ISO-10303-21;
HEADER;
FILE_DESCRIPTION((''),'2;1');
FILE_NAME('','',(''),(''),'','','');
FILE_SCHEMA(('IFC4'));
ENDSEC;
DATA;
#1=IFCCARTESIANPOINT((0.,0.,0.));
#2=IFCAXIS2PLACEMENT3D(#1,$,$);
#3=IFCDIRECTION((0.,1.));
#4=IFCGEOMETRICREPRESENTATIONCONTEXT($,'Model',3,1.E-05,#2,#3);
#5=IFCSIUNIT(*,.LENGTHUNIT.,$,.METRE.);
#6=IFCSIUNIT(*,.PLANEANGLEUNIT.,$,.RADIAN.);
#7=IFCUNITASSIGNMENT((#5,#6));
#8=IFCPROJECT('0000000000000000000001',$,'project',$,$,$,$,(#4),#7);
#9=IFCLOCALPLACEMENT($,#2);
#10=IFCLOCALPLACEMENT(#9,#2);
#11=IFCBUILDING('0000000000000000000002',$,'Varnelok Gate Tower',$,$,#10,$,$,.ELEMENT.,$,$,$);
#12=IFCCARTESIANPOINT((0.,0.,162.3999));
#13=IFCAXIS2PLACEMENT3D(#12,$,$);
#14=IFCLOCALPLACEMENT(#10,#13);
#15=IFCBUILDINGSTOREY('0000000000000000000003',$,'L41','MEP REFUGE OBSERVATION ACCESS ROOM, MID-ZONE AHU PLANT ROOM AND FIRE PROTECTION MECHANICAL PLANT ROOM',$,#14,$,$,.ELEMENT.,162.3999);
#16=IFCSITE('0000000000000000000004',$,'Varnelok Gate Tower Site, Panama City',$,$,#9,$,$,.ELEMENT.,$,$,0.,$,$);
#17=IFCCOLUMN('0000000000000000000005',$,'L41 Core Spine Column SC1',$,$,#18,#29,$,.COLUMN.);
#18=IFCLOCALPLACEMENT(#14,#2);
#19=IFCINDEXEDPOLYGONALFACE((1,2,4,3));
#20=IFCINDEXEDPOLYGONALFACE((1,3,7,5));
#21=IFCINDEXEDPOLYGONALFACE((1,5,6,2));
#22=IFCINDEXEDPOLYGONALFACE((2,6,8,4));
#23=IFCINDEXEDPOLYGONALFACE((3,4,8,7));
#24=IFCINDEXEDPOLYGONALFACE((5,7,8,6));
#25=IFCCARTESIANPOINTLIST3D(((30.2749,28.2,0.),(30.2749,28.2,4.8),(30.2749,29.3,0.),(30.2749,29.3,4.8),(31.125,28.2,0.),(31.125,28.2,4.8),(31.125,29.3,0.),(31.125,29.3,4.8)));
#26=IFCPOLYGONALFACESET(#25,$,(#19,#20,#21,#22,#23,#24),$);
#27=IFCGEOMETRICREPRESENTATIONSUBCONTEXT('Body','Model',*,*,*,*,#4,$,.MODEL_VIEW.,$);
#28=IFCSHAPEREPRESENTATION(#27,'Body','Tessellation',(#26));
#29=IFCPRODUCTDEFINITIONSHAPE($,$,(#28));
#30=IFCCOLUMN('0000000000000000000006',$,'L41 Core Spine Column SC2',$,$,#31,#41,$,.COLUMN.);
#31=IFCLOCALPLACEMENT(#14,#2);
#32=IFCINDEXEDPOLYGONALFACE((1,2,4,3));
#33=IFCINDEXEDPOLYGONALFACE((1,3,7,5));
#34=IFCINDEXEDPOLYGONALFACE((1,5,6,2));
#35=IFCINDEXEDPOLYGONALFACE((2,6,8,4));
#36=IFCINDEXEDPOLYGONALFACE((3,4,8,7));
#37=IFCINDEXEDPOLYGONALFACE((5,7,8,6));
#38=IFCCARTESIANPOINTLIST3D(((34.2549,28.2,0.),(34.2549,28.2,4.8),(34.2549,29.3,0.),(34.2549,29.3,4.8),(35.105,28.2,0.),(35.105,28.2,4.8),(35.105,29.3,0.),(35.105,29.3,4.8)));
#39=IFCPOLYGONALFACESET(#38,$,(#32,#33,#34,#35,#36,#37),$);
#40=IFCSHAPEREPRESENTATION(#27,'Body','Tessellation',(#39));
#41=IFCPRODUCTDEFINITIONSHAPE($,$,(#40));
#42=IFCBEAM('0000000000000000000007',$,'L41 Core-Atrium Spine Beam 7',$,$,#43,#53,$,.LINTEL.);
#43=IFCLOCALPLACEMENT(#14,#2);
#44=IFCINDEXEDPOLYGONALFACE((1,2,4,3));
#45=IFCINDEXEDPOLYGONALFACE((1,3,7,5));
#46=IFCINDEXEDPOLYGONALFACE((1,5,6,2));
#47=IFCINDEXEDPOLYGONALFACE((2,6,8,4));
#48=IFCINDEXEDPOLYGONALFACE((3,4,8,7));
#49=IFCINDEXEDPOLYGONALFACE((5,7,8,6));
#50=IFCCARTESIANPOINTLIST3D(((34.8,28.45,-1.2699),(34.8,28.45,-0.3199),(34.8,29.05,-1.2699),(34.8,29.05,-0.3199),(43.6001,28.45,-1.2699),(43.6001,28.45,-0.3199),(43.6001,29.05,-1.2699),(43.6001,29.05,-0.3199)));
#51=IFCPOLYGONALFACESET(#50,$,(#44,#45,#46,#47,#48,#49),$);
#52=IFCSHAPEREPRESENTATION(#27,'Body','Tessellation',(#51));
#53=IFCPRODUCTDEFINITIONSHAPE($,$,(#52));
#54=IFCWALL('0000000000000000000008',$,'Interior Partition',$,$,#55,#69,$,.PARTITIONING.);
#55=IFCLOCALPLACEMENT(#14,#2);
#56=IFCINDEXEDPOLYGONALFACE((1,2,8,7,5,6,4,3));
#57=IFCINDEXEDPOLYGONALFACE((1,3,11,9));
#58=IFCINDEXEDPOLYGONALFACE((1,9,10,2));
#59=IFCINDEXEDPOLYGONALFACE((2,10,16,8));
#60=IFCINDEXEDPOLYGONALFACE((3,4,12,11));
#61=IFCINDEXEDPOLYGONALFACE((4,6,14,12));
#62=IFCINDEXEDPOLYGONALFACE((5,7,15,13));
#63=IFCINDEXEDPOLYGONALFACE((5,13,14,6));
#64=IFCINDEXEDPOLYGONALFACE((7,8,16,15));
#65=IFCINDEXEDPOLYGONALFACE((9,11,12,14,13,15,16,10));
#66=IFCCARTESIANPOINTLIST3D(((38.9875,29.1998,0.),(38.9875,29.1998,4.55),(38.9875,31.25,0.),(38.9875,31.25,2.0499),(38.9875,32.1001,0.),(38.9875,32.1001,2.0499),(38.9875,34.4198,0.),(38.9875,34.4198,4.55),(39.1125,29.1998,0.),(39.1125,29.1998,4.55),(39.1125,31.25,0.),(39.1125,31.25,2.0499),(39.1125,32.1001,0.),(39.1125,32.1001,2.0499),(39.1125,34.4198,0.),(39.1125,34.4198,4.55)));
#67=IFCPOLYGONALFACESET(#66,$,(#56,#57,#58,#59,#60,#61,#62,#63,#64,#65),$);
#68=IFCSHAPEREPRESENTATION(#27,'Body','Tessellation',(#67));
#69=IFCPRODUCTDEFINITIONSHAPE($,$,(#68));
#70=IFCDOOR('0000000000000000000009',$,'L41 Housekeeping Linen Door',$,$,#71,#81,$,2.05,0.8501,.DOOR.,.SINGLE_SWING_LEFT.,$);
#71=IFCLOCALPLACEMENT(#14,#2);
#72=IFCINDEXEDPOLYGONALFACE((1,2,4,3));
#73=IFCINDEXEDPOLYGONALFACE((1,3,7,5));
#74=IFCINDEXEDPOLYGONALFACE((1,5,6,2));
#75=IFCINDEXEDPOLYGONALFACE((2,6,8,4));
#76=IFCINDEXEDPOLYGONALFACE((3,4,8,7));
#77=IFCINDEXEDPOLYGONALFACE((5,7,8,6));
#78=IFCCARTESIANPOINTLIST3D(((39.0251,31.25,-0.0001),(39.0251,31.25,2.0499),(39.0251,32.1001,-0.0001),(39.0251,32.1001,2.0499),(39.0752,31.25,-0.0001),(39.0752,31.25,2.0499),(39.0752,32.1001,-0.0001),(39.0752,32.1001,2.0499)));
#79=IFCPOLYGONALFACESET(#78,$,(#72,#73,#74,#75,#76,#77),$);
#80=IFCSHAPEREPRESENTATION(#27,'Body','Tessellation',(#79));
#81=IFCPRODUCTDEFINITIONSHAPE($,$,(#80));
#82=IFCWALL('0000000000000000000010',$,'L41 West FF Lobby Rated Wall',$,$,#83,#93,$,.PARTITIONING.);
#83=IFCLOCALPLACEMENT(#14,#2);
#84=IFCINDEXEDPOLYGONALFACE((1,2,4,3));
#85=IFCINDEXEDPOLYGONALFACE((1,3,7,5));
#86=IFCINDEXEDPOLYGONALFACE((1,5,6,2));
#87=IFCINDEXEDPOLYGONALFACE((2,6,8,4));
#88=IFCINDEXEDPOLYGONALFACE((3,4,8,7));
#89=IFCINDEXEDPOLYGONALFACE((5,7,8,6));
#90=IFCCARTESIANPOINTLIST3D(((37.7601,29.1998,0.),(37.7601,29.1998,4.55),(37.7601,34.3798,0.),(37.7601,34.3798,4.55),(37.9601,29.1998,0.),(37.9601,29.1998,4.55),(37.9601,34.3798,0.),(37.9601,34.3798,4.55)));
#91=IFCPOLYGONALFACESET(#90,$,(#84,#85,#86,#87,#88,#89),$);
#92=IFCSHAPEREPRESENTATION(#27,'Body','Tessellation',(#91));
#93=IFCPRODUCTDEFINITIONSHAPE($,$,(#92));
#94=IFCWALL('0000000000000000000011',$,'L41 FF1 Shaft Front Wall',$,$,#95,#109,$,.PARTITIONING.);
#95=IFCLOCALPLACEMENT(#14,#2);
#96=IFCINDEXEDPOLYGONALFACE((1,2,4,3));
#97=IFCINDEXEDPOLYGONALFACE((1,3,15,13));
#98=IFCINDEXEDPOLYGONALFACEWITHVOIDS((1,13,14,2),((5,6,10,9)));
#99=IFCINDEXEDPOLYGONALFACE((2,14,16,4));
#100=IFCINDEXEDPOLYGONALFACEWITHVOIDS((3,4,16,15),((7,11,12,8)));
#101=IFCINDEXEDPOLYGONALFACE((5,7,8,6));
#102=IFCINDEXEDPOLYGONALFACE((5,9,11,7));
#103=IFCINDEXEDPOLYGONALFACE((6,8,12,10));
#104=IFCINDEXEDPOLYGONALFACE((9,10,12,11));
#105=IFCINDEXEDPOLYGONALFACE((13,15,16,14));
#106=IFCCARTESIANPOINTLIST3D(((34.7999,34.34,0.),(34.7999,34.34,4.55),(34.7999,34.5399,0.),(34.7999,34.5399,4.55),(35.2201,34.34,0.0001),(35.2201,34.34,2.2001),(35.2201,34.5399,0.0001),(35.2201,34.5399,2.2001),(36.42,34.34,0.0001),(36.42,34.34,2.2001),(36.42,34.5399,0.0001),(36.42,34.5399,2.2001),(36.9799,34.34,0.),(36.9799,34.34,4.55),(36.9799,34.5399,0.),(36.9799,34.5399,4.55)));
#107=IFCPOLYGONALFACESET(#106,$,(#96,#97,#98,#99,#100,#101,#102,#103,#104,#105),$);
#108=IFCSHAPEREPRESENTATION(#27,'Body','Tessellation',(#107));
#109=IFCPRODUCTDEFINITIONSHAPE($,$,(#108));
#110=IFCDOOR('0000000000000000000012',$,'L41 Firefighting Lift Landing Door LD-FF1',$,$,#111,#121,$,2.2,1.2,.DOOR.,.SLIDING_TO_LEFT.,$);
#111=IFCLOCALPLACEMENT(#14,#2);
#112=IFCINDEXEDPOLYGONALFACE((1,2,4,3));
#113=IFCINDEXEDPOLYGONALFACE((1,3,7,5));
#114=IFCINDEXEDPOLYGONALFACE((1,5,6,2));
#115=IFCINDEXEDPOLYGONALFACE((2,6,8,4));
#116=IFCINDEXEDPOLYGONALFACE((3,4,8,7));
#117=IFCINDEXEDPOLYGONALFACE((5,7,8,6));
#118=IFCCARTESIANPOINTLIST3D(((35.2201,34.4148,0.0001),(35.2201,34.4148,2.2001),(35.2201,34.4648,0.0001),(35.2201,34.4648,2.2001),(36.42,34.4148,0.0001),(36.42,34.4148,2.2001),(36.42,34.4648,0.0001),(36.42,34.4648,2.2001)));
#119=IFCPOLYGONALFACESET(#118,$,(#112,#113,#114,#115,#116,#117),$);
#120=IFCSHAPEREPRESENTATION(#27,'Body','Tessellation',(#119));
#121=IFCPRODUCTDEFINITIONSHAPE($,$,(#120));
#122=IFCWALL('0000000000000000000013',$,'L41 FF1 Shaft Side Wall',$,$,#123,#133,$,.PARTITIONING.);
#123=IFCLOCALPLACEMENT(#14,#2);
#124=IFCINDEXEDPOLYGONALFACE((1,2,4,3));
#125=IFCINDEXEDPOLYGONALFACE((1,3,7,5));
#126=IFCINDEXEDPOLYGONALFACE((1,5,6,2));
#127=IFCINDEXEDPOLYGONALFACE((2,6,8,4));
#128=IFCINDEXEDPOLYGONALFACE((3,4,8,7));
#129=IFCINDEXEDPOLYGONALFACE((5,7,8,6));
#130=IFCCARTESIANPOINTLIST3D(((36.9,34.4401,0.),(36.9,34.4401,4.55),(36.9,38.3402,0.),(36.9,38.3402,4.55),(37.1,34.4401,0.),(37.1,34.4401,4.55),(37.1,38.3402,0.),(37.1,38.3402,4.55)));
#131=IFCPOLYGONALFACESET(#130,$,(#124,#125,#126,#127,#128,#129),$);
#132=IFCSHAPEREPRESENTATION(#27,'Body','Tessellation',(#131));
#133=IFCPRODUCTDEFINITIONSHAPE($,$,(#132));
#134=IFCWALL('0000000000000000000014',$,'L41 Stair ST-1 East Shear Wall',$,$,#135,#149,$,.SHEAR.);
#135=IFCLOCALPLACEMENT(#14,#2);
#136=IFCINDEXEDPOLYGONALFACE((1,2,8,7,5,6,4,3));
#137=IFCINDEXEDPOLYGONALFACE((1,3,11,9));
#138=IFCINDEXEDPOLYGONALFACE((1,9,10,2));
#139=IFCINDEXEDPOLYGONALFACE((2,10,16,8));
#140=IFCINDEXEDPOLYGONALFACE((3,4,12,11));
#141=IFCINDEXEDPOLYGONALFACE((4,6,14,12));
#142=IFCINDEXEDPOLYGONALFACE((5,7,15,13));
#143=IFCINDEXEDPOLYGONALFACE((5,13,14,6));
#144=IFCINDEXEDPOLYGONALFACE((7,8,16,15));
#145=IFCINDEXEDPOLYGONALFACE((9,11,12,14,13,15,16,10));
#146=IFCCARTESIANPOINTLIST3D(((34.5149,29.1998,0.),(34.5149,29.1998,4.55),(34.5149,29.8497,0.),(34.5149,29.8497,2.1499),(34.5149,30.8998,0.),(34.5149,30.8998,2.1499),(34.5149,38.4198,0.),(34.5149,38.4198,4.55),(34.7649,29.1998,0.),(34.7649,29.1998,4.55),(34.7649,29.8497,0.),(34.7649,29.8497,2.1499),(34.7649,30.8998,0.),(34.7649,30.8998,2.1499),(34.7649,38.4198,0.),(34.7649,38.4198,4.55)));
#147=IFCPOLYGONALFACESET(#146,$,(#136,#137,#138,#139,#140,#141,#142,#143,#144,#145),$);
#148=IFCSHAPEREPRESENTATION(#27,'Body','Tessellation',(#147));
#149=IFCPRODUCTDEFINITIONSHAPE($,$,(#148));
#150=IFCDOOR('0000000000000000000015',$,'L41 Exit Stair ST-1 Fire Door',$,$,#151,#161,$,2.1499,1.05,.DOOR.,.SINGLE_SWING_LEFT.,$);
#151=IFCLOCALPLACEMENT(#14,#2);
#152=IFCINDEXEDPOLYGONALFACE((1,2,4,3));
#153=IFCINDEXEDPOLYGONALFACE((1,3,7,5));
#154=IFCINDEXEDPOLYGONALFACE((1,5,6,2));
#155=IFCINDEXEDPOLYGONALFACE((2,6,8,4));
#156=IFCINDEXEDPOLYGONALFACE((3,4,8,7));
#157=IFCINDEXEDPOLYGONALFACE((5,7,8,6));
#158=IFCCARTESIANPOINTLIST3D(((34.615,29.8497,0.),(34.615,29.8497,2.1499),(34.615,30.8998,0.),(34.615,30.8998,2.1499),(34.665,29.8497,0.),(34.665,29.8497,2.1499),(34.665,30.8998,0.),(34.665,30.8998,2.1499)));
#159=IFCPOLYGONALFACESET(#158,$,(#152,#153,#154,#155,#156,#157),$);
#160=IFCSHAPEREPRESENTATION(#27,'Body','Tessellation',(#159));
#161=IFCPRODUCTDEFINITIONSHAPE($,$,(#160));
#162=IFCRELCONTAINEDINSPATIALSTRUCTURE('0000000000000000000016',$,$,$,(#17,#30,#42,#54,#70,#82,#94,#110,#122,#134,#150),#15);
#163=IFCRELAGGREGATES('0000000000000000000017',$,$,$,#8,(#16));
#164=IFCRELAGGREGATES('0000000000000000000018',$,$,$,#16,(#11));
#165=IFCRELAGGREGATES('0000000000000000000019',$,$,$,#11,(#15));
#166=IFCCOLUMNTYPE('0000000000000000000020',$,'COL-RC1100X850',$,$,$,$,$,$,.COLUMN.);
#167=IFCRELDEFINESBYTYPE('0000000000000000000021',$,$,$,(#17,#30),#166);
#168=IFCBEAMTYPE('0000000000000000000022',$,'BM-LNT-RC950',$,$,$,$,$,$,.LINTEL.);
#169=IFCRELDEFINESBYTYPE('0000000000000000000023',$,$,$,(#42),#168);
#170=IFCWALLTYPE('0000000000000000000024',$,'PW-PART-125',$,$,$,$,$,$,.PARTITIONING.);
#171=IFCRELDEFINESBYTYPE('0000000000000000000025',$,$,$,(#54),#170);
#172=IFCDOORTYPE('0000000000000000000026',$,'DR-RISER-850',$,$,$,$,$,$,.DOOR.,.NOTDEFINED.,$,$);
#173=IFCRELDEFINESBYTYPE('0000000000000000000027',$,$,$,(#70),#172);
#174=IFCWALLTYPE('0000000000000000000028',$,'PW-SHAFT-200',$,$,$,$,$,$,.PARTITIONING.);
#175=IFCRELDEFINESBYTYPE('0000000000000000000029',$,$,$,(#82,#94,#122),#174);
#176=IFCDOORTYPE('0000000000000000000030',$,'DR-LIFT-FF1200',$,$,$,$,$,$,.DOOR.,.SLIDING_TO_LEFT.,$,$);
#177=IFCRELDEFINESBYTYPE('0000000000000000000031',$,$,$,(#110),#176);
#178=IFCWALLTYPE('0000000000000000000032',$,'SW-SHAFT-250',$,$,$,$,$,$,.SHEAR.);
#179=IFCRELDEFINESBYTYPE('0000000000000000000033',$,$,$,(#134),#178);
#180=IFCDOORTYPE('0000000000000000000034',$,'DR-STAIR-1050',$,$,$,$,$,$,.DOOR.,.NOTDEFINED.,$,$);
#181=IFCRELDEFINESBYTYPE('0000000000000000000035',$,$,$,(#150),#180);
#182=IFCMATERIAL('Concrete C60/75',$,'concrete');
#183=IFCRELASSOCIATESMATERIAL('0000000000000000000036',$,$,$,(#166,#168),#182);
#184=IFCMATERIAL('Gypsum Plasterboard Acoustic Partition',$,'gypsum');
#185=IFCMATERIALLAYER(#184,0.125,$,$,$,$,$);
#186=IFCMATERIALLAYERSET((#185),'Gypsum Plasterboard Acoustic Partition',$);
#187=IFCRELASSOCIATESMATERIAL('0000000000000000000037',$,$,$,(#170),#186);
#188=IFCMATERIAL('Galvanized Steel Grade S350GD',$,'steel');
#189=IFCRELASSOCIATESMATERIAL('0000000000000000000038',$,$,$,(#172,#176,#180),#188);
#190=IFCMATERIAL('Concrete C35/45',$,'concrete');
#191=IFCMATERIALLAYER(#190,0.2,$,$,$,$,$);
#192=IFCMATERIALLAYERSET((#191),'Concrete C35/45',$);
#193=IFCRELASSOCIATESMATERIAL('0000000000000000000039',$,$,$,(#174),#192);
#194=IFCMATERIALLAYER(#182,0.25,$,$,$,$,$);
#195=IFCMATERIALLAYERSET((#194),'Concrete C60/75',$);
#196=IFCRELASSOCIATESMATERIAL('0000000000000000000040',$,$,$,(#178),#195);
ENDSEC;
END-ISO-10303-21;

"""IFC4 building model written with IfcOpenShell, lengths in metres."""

from ifc_helpers import new_model, si_unit, direction, frame, frame_2d, origin, origin_2d, place, context, subcontext, project, spatial, rectangle, extrude, material, layer, layer_set, material_profile, profile_set, type_object, element, fill, save


model = new_model("IFC4")

# Units and contexts
model_context = context("Model", 3, precision=1e-05, world=origin(), true_north=direction((0.0, 1.0)))
body_context = subcontext(model_context, "Body", "Model", "MODEL_VIEW")
ifc_project = project(units=[si_unit("LENGTHUNIT", "METRE"), si_unit("PLANEANGLEUNIT", "RADIAN")], contexts=[model_context])

# Site, building, storey
site_placement = place(None, origin())
site = spatial("IfcSite", under=ifc_project, at=site_placement, Name="Varnelok Gate Tower Site, Panama City", CompositionType="ELEMENT", RefElevation=0.0)
building_placement = place(site_placement, origin())
building = spatial("IfcBuilding", under=site, at=building_placement, Name="Varnelok Gate Tower", CompositionType="ELEMENT")
storey_placement = place(building_placement, frame((0.0, 0.0, 162.3999)))
storey = spatial("IfcBuildingStorey", under=building, at=storey_placement, Name="L41", Description="MEP REFUGE OBSERVATION ACCESS ROOM, MID-ZONE AHU PLANT ROOM AND FIRE PROTECTION MECHANICAL PLANT ROOM", CompositionType="ELEMENT", Elevation=162.3999)

# Columns
ifc_material_1 = material(Name="Concrete C60/75", Category="concrete")
ifc_material_profile_1 = material_profile(ifc_material_1, rectangle(XDim=0.8501, YDim=1.1001, at=origin_2d()), Name="RC1100X850")
ifc_profile_set_1 = profile_set([ifc_material_profile_1], Name="Concrete C60/75")
column_type = type_object("IfcColumnType", Name="COL-RC1100X850", PredefinedType="COLUMN", material=ifc_profile_set_1)
for number, where, z_axis, x_axis, name in (
    (1, (30.7, 28.75, 0.0), (0.0, 0.0, 1.0), (1.0, 0.0, 0.0), "L41 Core Spine Column SC1"),
    (2, (34.6799, 28.75, 0.0), (0.0, 0.0, 1.0), (1.0, 0.0, 0.0), "L41 Core Spine Column SC2"),
):
    element("IfcColumn", number, at=place(storey_placement, frame(where, z_axis=z_axis, x_axis=x_axis)), inside=storey, type_object=column_type, Name=name, PredefinedType="COLUMN", context=body_context, shape_type="SweptSolid", body=[
        extrude(rectangle(XDim=0.8501, YDim=1.1001, at=origin_2d()), origin(), (0.0, 0.0, 1.0), 4.8),
    ])

# Beam
ifc_material_profile_2 = material_profile(ifc_material_1, rectangle(XDim=0.6001, YDim=0.95, at=origin_2d()), Name="RC950X600")
ifc_profile_set_2 = profile_set([ifc_material_profile_2], Name="Concrete C60/75")
beam_type = type_object("IfcBeamType", Name="BM-LNT-RC950", PredefinedType="LINTEL", material=ifc_profile_set_2)
beam_placement = place(storey_placement, frame((34.8, 28.75, -0.7949), z_axis=(1.0, 0.0, 0.0), x_axis=(0.0, 1.0, 0.0)))
element("IfcBeam", 3, at=beam_placement, inside=storey, type_object=beam_type, Name="L41 Core-Atrium Spine Beam 7", PredefinedType="LINTEL", context=body_context, shape_type="SweptSolid", body=[
    extrude(rectangle(XDim=0.6001, YDim=0.95, at=origin_2d()), origin(), (0.0, 0.0, 1.0), 8.8),
])

# Wall, opening, door
ifc_material_2 = material(Name="Gypsum Plasterboard Acoustic Partition", Category="gypsum")
ifc_layer_1 = layer(ifc_material_2, 0.125)
ifc_layer_set_1 = layer_set([ifc_layer_1], Name="Gypsum Plasterboard Acoustic Partition")
wall_type_1 = type_object("IfcWallType", Name="PW-PART-125", PredefinedType="PARTITIONING", material=ifc_layer_set_1)
wall_1_placement = place(storey_placement, frame((39.05, 29.2, 0.0), z_axis=(0.0, 0.0, 1.0), x_axis=(0.0, 1.0, 0.0)))
wall_1 = element("IfcWall", 4, at=wall_1_placement, inside=storey, type_object=wall_type_1, Name="Interior Partition", PredefinedType="PARTITIONING", context=body_context, shape_type="SweptSolid", body=[
    extrude(rectangle(XDim=5.22, YDim=0.125, at=frame_2d((2.6099, 0.0))), origin(), (0.0, 0.0, 1.0), 4.55),
])
opening_1_placement = place(wall_1_placement, frame((2.05, 0.0, 0.0)))
opening_1 = element("IfcOpeningElement", 5, at=opening_1_placement, cuts=wall_1, PredefinedType="OPENING", context=body_context, shape_type="SweptSolid", body=[
    extrude(rectangle(XDim=0.8501, YDim=2.05, at=frame_2d((0.425, 1.0249))), frame((0.0, 0.0725, 0.0), z_axis=(0.0, -1.0, 0.0), x_axis=(1.0, 0.0, 0.0)), (0.0, 0.0, 1.0), 0.145),
])
ifc_material_3 = material(Name="Galvanized Steel Grade S350GD", Category="steel")
door_type_1 = type_object("IfcDoorType", Name="DR-RISER-850", OperationType="NOTDEFINED", PredefinedType="DOOR", material=ifc_material_3)
door_1_placement = place(opening_1_placement, origin())
door_1 = element("IfcDoor", 6, at=door_1_placement, inside=storey, type_object=door_type_1, Name="L41 Housekeeping Linen Door", OperationType="SINGLE_SWING_LEFT", OverallHeight=2.05, OverallWidth=0.8501, PredefinedType="DOOR", context=body_context, shape_type="SweptSolid", body=[
    extrude(rectangle(XDim=0.8501, YDim=2.05, at=frame_2d((0.425, 1.0249))), frame((0.0, 0.0249, 0.0), z_axis=(0.0, -1.0, 0.0), x_axis=(1.0, 0.0, 0.0)), (0.0, 0.0, 1.0), 0.05),
])
fill(opening_1, door_1)

# Wall
ifc_material_4 = material(Name="Concrete C35/45", Category="concrete")
ifc_layer_2 = layer(ifc_material_4, 0.2)
ifc_layer_set_2 = layer_set([ifc_layer_2], Name="Concrete C35/45")
wall_type_2 = type_object("IfcWallType", Name="PW-SHAFT-200", PredefinedType="PARTITIONING", material=ifc_layer_set_2)
wall_2_placement = place(storey_placement, frame((37.8601, 29.2, 0.0), z_axis=(0.0, 0.0, 1.0), x_axis=(0.0, 1.0, 0.0)))
element("IfcWall", 7, at=wall_2_placement, inside=storey, type_object=wall_type_2, Name="L41 West FF Lobby Rated Wall", PredefinedType="PARTITIONING", context=body_context, shape_type="SweptSolid", body=[
    extrude(rectangle(XDim=5.1799, YDim=0.2, at=frame_2d((2.5898, 0.0))), origin(), (0.0, 0.0, 1.0), 4.55),
])

# Wall, opening, door
wall_3_placement = place(storey_placement, frame((34.8, 34.4399, 0.0), z_axis=(0.0, 0.0, 1.0), x_axis=(1.0, 0.0, 0.0)))
wall_3 = element("IfcWall", 8, at=wall_3_placement, inside=storey, type_object=wall_type_2, Name="L41 FF1 Shaft Front Wall", PredefinedType="PARTITIONING", context=body_context, shape_type="SweptSolid", body=[
    extrude(rectangle(XDim=2.1799, YDim=0.2, at=frame_2d((1.0898, 0.0))), origin(), (0.0, 0.0, 1.0), 4.55),
])
opening_2_placement = place(wall_3_placement, frame((0.4199, 0.0, 0.0)))
opening_2 = element("IfcOpeningElement", 9, at=opening_2_placement, cuts=wall_3, PredefinedType="OPENING", context=body_context, shape_type="SweptSolid", body=[
    extrude(rectangle(XDim=1.2, YDim=2.2, at=frame_2d((0.6001, 1.1001))), frame((0.0, 0.1099, 0.0), z_axis=(0.0, -1.0, 0.0), x_axis=(1.0, 0.0, 0.0)), (0.0, 0.0, 1.0), 0.22),
])
door_type_2 = type_object("IfcDoorType", Name="DR-LIFT-FF1200", OperationType="SLIDING_TO_LEFT", PredefinedType="DOOR", material=ifc_material_3)
door_2_placement = place(opening_2_placement, origin())
door_2 = element("IfcDoor", 10, at=door_2_placement, inside=storey, type_object=door_type_2, Name="L41 Firefighting Lift Landing Door LD-FF1", OperationType="SLIDING_TO_LEFT", OverallHeight=2.2, OverallWidth=1.2, PredefinedType="DOOR", context=body_context, shape_type="SweptSolid", body=[
    extrude(rectangle(XDim=1.2, YDim=2.2, at=frame_2d((0.6001, 1.1001))), frame((0.0, 0.0249, 0.0), z_axis=(0.0, -1.0, 0.0), x_axis=(1.0, 0.0, 0.0)), (0.0, 0.0, 1.0), 0.05),
])
fill(opening_2, door_2)

# Wall
wall_4_placement = place(storey_placement, frame((37.0, 34.4399, 0.0), z_axis=(0.0, 0.0, 1.0), x_axis=(0.0, 1.0, 0.0)))
element("IfcWall", 11, at=wall_4_placement, inside=storey, type_object=wall_type_2, Name="L41 FF1 Shaft Side Wall", PredefinedType="PARTITIONING", context=body_context, shape_type="SweptSolid", body=[
    extrude(rectangle(XDim=3.9001, YDim=0.2, at=frame_2d((1.9502, 0.0))), origin(), (0.0, 0.0, 1.0), 4.55),
])

# Wall, opening, door
ifc_layer_3 = layer(ifc_material_1, 0.25)
ifc_layer_set_3 = layer_set([ifc_layer_3], Name="Concrete C60/75")
wall_type_3 = type_object("IfcWallType", Name="SW-SHAFT-250", PredefinedType="SHEAR", material=ifc_layer_set_3)
wall_5_placement = place(storey_placement, frame((34.6399, 29.2, 0.0), z_axis=(0.0, 0.0, 1.0), x_axis=(0.0, 1.0, 0.0)))
wall_5 = element("IfcWall", 12, at=wall_5_placement, inside=storey, type_object=wall_type_3, Name="L41 Stair ST-1 East Shear Wall", PredefinedType="SHEAR", context=body_context, shape_type="SweptSolid", body=[
    extrude(rectangle(XDim=9.22, YDim=0.25, at=frame_2d((4.6099, 0.0))), origin(), (0.0, 0.0, 1.0), 4.55),
])
opening_3_placement = place(wall_5_placement, frame((0.6499, 0.0, 0.0)))
opening_3 = element("IfcOpeningElement", 13, at=opening_3_placement, cuts=wall_5, PredefinedType="OPENING", context=body_context, shape_type="SweptSolid", body=[
    extrude(rectangle(XDim=1.05, YDim=2.1499, at=frame_2d((0.5249, 1.075))), frame((0.0, 0.135, 0.0), z_axis=(0.0, -1.0, 0.0), x_axis=(1.0, 0.0, 0.0)), (0.0, 0.0, 1.0), 0.27),
])
door_type_3 = type_object("IfcDoorType", Name="DR-STAIR-1050", OperationType="NOTDEFINED", PredefinedType="DOOR", material=ifc_material_3)
door_3_placement = place(opening_3_placement, origin())
door_3 = element("IfcDoor", 14, at=door_3_placement, inside=storey, type_object=door_type_3, Name="L41 Exit Stair ST-1 Fire Door", OperationType="SINGLE_SWING_LEFT", OverallHeight=2.1499, OverallWidth=1.05, PredefinedType="DOOR", context=body_context, shape_type="SweptSolid", body=[
    extrude(rectangle(XDim=1.05, YDim=2.1499, at=frame_2d((0.5249, 1.075))), frame((0.0, 0.0249, 0.0), z_axis=(0.0, -1.0, 0.0), x_axis=(1.0, 0.0, 0.0)), (0.0, 0.0, 1.0), 0.05),
])
fill(opening_3, door_3)

save(model, "model.ifc")
